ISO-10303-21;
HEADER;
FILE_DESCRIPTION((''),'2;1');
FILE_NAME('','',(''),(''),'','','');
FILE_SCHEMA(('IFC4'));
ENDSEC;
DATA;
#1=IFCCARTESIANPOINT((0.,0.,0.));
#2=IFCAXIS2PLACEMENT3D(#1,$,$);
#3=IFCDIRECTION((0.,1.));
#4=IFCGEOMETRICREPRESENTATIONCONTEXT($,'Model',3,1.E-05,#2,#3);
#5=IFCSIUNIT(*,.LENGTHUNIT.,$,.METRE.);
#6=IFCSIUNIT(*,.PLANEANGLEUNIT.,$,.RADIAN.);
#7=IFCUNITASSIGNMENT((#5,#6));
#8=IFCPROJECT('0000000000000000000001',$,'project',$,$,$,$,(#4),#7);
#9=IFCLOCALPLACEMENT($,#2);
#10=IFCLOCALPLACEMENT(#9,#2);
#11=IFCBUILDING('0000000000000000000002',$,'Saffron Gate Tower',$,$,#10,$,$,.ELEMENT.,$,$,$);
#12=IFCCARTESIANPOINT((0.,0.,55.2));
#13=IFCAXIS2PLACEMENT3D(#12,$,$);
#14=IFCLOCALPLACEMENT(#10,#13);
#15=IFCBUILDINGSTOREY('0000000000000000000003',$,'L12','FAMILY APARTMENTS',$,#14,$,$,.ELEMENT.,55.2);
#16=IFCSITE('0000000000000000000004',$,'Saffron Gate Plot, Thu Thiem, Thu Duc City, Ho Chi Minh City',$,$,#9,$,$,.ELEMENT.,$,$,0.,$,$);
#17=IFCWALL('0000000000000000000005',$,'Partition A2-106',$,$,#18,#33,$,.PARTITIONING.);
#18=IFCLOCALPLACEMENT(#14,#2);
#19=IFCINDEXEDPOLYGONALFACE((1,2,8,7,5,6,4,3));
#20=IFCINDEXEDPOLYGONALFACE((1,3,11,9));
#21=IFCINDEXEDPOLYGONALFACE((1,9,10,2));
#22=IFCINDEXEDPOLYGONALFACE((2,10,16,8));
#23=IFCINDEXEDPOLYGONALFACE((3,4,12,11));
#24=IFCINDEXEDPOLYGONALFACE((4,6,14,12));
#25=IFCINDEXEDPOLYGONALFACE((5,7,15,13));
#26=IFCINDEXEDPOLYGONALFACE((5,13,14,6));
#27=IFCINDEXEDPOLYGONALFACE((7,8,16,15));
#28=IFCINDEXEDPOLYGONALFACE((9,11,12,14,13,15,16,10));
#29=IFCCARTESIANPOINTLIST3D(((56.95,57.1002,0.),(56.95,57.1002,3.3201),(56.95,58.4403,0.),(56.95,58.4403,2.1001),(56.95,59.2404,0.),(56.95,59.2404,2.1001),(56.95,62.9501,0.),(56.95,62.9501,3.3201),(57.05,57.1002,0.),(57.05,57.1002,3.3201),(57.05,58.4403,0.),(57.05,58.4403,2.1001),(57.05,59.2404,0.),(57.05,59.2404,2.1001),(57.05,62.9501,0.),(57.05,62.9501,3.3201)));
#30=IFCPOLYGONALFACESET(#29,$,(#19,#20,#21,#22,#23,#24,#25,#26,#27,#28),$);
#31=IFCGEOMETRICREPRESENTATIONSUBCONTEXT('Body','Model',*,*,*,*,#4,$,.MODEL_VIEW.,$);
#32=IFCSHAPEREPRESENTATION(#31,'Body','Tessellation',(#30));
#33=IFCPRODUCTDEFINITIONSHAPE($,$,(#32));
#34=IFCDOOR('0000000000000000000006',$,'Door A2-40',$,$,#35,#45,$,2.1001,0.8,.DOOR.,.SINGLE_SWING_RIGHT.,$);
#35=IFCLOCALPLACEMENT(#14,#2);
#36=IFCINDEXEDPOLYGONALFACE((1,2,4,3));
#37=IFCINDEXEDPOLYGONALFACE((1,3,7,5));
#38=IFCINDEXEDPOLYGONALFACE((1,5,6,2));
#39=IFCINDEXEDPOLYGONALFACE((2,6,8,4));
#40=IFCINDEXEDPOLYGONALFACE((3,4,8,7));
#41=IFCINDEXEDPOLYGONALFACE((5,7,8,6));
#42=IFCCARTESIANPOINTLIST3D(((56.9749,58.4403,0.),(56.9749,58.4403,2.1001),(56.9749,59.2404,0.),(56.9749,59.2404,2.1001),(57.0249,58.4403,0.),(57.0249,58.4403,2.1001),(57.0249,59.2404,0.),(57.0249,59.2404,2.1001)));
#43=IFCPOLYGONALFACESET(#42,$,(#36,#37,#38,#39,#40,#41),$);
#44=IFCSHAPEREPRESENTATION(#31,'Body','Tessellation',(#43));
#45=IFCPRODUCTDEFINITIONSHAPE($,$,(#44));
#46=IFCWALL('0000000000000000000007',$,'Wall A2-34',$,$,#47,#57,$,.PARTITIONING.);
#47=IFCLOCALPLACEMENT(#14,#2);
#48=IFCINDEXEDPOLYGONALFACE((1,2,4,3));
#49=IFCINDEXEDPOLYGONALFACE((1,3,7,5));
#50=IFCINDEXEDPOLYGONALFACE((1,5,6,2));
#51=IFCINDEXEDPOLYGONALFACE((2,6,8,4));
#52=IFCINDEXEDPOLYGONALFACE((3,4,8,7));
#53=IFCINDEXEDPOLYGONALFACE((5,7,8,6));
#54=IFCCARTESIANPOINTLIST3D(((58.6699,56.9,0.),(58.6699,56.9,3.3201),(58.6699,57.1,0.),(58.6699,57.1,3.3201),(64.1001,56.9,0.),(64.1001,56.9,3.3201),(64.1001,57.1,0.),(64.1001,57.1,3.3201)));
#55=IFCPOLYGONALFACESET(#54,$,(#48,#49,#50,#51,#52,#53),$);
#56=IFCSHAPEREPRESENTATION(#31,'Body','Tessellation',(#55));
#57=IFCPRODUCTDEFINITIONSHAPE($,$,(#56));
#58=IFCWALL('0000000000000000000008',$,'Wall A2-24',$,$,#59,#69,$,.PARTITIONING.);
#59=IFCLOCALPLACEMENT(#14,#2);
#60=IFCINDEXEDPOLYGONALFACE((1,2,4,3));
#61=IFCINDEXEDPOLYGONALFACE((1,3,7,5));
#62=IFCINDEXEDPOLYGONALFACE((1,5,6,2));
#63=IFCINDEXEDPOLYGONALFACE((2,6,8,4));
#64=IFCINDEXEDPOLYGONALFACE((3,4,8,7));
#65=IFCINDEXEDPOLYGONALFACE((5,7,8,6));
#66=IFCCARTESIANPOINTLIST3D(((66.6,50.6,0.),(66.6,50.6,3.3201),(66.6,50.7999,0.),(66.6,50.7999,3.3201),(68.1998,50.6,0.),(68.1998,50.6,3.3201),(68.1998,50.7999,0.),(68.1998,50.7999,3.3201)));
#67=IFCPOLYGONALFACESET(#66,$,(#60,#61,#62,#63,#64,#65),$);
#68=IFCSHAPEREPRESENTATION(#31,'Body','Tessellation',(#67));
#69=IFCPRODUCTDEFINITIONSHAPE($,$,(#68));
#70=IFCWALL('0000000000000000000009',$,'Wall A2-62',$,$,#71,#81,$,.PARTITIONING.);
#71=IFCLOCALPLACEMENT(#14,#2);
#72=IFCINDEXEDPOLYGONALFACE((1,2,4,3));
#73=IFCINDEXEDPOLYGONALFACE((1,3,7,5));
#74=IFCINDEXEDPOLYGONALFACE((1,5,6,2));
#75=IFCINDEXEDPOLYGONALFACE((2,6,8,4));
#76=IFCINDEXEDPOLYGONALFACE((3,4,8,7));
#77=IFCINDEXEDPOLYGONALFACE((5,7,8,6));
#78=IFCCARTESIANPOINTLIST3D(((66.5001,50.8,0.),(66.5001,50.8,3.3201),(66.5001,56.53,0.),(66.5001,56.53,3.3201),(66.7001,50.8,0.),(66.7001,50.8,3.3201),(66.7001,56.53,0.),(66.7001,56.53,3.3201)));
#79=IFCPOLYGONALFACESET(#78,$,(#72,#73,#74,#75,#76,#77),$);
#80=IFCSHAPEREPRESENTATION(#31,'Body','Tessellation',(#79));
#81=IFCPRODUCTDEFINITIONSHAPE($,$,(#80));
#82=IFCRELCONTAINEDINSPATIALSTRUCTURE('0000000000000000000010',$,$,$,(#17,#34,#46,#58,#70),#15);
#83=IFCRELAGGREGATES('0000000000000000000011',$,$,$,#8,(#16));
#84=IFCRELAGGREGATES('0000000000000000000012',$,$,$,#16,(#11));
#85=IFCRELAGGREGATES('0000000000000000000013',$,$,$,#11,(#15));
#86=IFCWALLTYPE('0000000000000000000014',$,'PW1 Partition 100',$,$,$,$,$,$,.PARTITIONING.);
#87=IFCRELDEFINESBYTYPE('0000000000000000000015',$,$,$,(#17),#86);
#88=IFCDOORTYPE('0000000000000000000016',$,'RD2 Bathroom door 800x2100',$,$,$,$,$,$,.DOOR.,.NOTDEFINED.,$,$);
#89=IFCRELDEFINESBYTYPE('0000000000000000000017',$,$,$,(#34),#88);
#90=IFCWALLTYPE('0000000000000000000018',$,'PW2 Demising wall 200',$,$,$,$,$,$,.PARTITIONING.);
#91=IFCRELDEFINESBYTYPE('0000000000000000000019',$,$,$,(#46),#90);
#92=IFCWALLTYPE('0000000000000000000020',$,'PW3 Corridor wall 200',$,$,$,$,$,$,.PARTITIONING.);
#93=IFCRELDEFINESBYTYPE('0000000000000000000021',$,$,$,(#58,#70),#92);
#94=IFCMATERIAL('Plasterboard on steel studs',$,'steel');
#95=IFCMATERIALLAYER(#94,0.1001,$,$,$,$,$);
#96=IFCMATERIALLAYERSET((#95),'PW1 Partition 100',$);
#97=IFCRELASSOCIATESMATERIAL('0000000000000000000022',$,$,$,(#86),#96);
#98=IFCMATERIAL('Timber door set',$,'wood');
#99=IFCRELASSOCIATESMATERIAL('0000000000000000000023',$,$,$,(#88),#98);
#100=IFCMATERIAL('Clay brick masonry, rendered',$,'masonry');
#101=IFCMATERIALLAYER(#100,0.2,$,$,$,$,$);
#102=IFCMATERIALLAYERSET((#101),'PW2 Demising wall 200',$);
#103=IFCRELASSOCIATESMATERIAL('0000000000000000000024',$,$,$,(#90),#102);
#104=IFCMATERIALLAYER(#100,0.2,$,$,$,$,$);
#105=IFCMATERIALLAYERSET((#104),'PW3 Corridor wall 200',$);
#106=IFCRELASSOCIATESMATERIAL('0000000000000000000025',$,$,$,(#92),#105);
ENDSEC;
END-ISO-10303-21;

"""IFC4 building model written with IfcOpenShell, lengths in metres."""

from ifc_helpers import new_model, si_unit, direction, frame, frame_2d, origin, place, context, subcontext, project, spatial, rectangle, extrude, material, layer, layer_set, type_object, element, fill, save


model = new_model("IFC4")

# Units and contexts
model_context = context("Model", 3, precision=1e-05, world=origin(), true_north=direction((0.0, 1.0)))
body_context = subcontext(model_context, "Body", "Model", "MODEL_VIEW")
ifc_project = project(units=[si_unit("LENGTHUNIT", "METRE"), si_unit("PLANEANGLEUNIT", "RADIAN")], contexts=[model_context])

# Site, building, storey
site_placement = place(None, origin())
site = spatial("IfcSite", under=ifc_project, at=site_placement, Name="Saffron Gate Plot, Thu Thiem, Thu Duc City, Ho Chi Minh City", CompositionType="ELEMENT", RefElevation=0.0)
building_placement = place(site_placement, origin())
building = spatial("IfcBuilding", under=site, at=building_placement, Name="Saffron Gate Tower", CompositionType="ELEMENT")
storey_placement = place(building_placement, frame((0.0, 0.0, 55.2)))
storey = spatial("IfcBuildingStorey", under=building, at=storey_placement, Name="L12", Description="FAMILY APARTMENTS", CompositionType="ELEMENT", Elevation=55.2)

# Shared definitions
ifc_material_1 = material(Name="Plasterboard on steel studs", Category="steel")
ifc_layer_1 = layer(ifc_material_1, 0.1001)
ifc_layer_set_1 = layer_set([ifc_layer_1], Name="PW1 Partition 100")
wall_type_1 = type_object("IfcWallType", Name="PW1 Partition 100", PredefinedType="PARTITIONING", material=ifc_layer_set_1)
ifc_material_2 = material(Name="Timber door set", Category="wood")
door_type_1 = type_object("IfcDoorType", Name="RD2 Bathroom door 800x2100", OperationType="NOTDEFINED", PredefinedType="DOOR", material=ifc_material_2)

# Wall, opening, door
wall_1_placement = place(storey_placement, frame((57.0, 62.95, 0.0), z_axis=(0.0, 0.0, 1.0), x_axis=(0.0, -1.0, 0.0)))
wall_1 = element("IfcWall", 1, at=wall_1_placement, inside=storey, type_object=wall_type_1, Name="Partition A2-106", PredefinedType="PARTITIONING", context=body_context, shape_type="SweptSolid", body=[
    extrude(rectangle(XDim=5.8499, YDim=0.1001, at=frame_2d((2.9248, 0.0))), origin(), (0.0, 0.0, 1.0), 3.3201),
])
opening_1_placement = place(wall_1_placement, frame((3.7097, 0.0, 0.0)))
opening_1 = element("IfcOpeningElement", 2, at=opening_1_placement, cuts=wall_1, PredefinedType="OPENING", context=body_context, shape_type="SweptSolid", body=[
    extrude(rectangle(XDim=0.8, YDim=2.1001, at=frame_2d((0.3999, 1.05))), frame((0.0, 0.0601, 0.0), z_axis=(0.0, -1.0, 0.0), x_axis=(1.0, 0.0, 0.0)), (0.0, 0.0, 1.0), 0.1201),
])
door_1_placement = place(opening_1_placement, origin())
door_1 = element("IfcDoor", 3, at=door_1_placement, inside=storey, type_object=door_type_1, Name="Door A2-40", OperationType="SINGLE_SWING_RIGHT", OverallHeight=2.1001, OverallWidth=0.8, PredefinedType="DOOR", context=body_context, shape_type="SweptSolid", body=[
    extrude(rectangle(XDim=0.8, YDim=2.1001, at=frame_2d((0.3999, 1.05))), frame((0.0, 0.0249, 0.0), z_axis=(0.0, -1.0, 0.0), x_axis=(1.0, 0.0, 0.0)), (0.0, 0.0, 1.0), 0.05),
])
fill(opening_1, door_1)

# Walls
ifc_material_3 = material(Name="Clay brick masonry, rendered", Category="masonry")
ifc_layer_2 = layer(ifc_material_3, 0.2)
ifc_layer_set_2 = layer_set([ifc_layer_2], Name="PW2 Demising wall 200")
wall_type_2 = type_object("IfcWallType", Name="PW2 Demising wall 200", PredefinedType="PARTITIONING", material=ifc_layer_set_2)
wall_2_placement = place(storey_placement, frame((58.6699, 57.0, 0.0), z_axis=(0.0, 0.0, 1.0), x_axis=(1.0, 0.0, 0.0)))
element("IfcWall", 4, at=wall_2_placement, inside=storey, type_object=wall_type_2, Name="Wall A2-34", PredefinedType="PARTITIONING", context=body_context, shape_type="SweptSolid", body=[
    extrude(rectangle(XDim=5.4302, YDim=0.2, at=frame_2d((2.7151, 0.0))), origin(), (0.0, 0.0, 1.0), 3.3201),
])
ifc_layer_3 = layer(ifc_material_3, 0.2)
ifc_layer_set_3 = layer_set([ifc_layer_3], Name="PW3 Corridor wall 200")
wall_type_3 = type_object("IfcWallType", Name="PW3 Corridor wall 200", PredefinedType="PARTITIONING", material=ifc_layer_set_3)
wall_3_placement = place(storey_placement, frame((66.6001, 50.7, 0.0), z_axis=(0.0, 0.0, 1.0), x_axis=(1.0, 0.0, 0.0)))
element("IfcWall", 5, at=wall_3_placement, inside=storey, type_object=wall_type_3, Name="Wall A2-24", PredefinedType="PARTITIONING", context=body_context, shape_type="SweptSolid", body=[
    extrude(rectangle(XDim=1.5999, YDim=0.2, at=frame_2d((0.7998, 0.0))), origin(), (0.0, 0.0, 1.0), 3.3201),
])
wall_4_placement = place(storey_placement, frame((66.6001, 56.53, 0.0), z_axis=(0.0, 0.0, 1.0), x_axis=(0.0, -1.0, 0.0)))
element("IfcWall", 6, at=wall_4_placement, inside=storey, type_object=wall_type_3, Name="Wall A2-62", PredefinedType="PARTITIONING", context=body_context, shape_type="SweptSolid", body=[
    extrude(rectangle(XDim=5.73, YDim=0.2, at=frame_2d((2.865, 0.0))), origin(), (0.0, 0.0, 1.0), 3.3201),
])

save(model, "model.ifc")
